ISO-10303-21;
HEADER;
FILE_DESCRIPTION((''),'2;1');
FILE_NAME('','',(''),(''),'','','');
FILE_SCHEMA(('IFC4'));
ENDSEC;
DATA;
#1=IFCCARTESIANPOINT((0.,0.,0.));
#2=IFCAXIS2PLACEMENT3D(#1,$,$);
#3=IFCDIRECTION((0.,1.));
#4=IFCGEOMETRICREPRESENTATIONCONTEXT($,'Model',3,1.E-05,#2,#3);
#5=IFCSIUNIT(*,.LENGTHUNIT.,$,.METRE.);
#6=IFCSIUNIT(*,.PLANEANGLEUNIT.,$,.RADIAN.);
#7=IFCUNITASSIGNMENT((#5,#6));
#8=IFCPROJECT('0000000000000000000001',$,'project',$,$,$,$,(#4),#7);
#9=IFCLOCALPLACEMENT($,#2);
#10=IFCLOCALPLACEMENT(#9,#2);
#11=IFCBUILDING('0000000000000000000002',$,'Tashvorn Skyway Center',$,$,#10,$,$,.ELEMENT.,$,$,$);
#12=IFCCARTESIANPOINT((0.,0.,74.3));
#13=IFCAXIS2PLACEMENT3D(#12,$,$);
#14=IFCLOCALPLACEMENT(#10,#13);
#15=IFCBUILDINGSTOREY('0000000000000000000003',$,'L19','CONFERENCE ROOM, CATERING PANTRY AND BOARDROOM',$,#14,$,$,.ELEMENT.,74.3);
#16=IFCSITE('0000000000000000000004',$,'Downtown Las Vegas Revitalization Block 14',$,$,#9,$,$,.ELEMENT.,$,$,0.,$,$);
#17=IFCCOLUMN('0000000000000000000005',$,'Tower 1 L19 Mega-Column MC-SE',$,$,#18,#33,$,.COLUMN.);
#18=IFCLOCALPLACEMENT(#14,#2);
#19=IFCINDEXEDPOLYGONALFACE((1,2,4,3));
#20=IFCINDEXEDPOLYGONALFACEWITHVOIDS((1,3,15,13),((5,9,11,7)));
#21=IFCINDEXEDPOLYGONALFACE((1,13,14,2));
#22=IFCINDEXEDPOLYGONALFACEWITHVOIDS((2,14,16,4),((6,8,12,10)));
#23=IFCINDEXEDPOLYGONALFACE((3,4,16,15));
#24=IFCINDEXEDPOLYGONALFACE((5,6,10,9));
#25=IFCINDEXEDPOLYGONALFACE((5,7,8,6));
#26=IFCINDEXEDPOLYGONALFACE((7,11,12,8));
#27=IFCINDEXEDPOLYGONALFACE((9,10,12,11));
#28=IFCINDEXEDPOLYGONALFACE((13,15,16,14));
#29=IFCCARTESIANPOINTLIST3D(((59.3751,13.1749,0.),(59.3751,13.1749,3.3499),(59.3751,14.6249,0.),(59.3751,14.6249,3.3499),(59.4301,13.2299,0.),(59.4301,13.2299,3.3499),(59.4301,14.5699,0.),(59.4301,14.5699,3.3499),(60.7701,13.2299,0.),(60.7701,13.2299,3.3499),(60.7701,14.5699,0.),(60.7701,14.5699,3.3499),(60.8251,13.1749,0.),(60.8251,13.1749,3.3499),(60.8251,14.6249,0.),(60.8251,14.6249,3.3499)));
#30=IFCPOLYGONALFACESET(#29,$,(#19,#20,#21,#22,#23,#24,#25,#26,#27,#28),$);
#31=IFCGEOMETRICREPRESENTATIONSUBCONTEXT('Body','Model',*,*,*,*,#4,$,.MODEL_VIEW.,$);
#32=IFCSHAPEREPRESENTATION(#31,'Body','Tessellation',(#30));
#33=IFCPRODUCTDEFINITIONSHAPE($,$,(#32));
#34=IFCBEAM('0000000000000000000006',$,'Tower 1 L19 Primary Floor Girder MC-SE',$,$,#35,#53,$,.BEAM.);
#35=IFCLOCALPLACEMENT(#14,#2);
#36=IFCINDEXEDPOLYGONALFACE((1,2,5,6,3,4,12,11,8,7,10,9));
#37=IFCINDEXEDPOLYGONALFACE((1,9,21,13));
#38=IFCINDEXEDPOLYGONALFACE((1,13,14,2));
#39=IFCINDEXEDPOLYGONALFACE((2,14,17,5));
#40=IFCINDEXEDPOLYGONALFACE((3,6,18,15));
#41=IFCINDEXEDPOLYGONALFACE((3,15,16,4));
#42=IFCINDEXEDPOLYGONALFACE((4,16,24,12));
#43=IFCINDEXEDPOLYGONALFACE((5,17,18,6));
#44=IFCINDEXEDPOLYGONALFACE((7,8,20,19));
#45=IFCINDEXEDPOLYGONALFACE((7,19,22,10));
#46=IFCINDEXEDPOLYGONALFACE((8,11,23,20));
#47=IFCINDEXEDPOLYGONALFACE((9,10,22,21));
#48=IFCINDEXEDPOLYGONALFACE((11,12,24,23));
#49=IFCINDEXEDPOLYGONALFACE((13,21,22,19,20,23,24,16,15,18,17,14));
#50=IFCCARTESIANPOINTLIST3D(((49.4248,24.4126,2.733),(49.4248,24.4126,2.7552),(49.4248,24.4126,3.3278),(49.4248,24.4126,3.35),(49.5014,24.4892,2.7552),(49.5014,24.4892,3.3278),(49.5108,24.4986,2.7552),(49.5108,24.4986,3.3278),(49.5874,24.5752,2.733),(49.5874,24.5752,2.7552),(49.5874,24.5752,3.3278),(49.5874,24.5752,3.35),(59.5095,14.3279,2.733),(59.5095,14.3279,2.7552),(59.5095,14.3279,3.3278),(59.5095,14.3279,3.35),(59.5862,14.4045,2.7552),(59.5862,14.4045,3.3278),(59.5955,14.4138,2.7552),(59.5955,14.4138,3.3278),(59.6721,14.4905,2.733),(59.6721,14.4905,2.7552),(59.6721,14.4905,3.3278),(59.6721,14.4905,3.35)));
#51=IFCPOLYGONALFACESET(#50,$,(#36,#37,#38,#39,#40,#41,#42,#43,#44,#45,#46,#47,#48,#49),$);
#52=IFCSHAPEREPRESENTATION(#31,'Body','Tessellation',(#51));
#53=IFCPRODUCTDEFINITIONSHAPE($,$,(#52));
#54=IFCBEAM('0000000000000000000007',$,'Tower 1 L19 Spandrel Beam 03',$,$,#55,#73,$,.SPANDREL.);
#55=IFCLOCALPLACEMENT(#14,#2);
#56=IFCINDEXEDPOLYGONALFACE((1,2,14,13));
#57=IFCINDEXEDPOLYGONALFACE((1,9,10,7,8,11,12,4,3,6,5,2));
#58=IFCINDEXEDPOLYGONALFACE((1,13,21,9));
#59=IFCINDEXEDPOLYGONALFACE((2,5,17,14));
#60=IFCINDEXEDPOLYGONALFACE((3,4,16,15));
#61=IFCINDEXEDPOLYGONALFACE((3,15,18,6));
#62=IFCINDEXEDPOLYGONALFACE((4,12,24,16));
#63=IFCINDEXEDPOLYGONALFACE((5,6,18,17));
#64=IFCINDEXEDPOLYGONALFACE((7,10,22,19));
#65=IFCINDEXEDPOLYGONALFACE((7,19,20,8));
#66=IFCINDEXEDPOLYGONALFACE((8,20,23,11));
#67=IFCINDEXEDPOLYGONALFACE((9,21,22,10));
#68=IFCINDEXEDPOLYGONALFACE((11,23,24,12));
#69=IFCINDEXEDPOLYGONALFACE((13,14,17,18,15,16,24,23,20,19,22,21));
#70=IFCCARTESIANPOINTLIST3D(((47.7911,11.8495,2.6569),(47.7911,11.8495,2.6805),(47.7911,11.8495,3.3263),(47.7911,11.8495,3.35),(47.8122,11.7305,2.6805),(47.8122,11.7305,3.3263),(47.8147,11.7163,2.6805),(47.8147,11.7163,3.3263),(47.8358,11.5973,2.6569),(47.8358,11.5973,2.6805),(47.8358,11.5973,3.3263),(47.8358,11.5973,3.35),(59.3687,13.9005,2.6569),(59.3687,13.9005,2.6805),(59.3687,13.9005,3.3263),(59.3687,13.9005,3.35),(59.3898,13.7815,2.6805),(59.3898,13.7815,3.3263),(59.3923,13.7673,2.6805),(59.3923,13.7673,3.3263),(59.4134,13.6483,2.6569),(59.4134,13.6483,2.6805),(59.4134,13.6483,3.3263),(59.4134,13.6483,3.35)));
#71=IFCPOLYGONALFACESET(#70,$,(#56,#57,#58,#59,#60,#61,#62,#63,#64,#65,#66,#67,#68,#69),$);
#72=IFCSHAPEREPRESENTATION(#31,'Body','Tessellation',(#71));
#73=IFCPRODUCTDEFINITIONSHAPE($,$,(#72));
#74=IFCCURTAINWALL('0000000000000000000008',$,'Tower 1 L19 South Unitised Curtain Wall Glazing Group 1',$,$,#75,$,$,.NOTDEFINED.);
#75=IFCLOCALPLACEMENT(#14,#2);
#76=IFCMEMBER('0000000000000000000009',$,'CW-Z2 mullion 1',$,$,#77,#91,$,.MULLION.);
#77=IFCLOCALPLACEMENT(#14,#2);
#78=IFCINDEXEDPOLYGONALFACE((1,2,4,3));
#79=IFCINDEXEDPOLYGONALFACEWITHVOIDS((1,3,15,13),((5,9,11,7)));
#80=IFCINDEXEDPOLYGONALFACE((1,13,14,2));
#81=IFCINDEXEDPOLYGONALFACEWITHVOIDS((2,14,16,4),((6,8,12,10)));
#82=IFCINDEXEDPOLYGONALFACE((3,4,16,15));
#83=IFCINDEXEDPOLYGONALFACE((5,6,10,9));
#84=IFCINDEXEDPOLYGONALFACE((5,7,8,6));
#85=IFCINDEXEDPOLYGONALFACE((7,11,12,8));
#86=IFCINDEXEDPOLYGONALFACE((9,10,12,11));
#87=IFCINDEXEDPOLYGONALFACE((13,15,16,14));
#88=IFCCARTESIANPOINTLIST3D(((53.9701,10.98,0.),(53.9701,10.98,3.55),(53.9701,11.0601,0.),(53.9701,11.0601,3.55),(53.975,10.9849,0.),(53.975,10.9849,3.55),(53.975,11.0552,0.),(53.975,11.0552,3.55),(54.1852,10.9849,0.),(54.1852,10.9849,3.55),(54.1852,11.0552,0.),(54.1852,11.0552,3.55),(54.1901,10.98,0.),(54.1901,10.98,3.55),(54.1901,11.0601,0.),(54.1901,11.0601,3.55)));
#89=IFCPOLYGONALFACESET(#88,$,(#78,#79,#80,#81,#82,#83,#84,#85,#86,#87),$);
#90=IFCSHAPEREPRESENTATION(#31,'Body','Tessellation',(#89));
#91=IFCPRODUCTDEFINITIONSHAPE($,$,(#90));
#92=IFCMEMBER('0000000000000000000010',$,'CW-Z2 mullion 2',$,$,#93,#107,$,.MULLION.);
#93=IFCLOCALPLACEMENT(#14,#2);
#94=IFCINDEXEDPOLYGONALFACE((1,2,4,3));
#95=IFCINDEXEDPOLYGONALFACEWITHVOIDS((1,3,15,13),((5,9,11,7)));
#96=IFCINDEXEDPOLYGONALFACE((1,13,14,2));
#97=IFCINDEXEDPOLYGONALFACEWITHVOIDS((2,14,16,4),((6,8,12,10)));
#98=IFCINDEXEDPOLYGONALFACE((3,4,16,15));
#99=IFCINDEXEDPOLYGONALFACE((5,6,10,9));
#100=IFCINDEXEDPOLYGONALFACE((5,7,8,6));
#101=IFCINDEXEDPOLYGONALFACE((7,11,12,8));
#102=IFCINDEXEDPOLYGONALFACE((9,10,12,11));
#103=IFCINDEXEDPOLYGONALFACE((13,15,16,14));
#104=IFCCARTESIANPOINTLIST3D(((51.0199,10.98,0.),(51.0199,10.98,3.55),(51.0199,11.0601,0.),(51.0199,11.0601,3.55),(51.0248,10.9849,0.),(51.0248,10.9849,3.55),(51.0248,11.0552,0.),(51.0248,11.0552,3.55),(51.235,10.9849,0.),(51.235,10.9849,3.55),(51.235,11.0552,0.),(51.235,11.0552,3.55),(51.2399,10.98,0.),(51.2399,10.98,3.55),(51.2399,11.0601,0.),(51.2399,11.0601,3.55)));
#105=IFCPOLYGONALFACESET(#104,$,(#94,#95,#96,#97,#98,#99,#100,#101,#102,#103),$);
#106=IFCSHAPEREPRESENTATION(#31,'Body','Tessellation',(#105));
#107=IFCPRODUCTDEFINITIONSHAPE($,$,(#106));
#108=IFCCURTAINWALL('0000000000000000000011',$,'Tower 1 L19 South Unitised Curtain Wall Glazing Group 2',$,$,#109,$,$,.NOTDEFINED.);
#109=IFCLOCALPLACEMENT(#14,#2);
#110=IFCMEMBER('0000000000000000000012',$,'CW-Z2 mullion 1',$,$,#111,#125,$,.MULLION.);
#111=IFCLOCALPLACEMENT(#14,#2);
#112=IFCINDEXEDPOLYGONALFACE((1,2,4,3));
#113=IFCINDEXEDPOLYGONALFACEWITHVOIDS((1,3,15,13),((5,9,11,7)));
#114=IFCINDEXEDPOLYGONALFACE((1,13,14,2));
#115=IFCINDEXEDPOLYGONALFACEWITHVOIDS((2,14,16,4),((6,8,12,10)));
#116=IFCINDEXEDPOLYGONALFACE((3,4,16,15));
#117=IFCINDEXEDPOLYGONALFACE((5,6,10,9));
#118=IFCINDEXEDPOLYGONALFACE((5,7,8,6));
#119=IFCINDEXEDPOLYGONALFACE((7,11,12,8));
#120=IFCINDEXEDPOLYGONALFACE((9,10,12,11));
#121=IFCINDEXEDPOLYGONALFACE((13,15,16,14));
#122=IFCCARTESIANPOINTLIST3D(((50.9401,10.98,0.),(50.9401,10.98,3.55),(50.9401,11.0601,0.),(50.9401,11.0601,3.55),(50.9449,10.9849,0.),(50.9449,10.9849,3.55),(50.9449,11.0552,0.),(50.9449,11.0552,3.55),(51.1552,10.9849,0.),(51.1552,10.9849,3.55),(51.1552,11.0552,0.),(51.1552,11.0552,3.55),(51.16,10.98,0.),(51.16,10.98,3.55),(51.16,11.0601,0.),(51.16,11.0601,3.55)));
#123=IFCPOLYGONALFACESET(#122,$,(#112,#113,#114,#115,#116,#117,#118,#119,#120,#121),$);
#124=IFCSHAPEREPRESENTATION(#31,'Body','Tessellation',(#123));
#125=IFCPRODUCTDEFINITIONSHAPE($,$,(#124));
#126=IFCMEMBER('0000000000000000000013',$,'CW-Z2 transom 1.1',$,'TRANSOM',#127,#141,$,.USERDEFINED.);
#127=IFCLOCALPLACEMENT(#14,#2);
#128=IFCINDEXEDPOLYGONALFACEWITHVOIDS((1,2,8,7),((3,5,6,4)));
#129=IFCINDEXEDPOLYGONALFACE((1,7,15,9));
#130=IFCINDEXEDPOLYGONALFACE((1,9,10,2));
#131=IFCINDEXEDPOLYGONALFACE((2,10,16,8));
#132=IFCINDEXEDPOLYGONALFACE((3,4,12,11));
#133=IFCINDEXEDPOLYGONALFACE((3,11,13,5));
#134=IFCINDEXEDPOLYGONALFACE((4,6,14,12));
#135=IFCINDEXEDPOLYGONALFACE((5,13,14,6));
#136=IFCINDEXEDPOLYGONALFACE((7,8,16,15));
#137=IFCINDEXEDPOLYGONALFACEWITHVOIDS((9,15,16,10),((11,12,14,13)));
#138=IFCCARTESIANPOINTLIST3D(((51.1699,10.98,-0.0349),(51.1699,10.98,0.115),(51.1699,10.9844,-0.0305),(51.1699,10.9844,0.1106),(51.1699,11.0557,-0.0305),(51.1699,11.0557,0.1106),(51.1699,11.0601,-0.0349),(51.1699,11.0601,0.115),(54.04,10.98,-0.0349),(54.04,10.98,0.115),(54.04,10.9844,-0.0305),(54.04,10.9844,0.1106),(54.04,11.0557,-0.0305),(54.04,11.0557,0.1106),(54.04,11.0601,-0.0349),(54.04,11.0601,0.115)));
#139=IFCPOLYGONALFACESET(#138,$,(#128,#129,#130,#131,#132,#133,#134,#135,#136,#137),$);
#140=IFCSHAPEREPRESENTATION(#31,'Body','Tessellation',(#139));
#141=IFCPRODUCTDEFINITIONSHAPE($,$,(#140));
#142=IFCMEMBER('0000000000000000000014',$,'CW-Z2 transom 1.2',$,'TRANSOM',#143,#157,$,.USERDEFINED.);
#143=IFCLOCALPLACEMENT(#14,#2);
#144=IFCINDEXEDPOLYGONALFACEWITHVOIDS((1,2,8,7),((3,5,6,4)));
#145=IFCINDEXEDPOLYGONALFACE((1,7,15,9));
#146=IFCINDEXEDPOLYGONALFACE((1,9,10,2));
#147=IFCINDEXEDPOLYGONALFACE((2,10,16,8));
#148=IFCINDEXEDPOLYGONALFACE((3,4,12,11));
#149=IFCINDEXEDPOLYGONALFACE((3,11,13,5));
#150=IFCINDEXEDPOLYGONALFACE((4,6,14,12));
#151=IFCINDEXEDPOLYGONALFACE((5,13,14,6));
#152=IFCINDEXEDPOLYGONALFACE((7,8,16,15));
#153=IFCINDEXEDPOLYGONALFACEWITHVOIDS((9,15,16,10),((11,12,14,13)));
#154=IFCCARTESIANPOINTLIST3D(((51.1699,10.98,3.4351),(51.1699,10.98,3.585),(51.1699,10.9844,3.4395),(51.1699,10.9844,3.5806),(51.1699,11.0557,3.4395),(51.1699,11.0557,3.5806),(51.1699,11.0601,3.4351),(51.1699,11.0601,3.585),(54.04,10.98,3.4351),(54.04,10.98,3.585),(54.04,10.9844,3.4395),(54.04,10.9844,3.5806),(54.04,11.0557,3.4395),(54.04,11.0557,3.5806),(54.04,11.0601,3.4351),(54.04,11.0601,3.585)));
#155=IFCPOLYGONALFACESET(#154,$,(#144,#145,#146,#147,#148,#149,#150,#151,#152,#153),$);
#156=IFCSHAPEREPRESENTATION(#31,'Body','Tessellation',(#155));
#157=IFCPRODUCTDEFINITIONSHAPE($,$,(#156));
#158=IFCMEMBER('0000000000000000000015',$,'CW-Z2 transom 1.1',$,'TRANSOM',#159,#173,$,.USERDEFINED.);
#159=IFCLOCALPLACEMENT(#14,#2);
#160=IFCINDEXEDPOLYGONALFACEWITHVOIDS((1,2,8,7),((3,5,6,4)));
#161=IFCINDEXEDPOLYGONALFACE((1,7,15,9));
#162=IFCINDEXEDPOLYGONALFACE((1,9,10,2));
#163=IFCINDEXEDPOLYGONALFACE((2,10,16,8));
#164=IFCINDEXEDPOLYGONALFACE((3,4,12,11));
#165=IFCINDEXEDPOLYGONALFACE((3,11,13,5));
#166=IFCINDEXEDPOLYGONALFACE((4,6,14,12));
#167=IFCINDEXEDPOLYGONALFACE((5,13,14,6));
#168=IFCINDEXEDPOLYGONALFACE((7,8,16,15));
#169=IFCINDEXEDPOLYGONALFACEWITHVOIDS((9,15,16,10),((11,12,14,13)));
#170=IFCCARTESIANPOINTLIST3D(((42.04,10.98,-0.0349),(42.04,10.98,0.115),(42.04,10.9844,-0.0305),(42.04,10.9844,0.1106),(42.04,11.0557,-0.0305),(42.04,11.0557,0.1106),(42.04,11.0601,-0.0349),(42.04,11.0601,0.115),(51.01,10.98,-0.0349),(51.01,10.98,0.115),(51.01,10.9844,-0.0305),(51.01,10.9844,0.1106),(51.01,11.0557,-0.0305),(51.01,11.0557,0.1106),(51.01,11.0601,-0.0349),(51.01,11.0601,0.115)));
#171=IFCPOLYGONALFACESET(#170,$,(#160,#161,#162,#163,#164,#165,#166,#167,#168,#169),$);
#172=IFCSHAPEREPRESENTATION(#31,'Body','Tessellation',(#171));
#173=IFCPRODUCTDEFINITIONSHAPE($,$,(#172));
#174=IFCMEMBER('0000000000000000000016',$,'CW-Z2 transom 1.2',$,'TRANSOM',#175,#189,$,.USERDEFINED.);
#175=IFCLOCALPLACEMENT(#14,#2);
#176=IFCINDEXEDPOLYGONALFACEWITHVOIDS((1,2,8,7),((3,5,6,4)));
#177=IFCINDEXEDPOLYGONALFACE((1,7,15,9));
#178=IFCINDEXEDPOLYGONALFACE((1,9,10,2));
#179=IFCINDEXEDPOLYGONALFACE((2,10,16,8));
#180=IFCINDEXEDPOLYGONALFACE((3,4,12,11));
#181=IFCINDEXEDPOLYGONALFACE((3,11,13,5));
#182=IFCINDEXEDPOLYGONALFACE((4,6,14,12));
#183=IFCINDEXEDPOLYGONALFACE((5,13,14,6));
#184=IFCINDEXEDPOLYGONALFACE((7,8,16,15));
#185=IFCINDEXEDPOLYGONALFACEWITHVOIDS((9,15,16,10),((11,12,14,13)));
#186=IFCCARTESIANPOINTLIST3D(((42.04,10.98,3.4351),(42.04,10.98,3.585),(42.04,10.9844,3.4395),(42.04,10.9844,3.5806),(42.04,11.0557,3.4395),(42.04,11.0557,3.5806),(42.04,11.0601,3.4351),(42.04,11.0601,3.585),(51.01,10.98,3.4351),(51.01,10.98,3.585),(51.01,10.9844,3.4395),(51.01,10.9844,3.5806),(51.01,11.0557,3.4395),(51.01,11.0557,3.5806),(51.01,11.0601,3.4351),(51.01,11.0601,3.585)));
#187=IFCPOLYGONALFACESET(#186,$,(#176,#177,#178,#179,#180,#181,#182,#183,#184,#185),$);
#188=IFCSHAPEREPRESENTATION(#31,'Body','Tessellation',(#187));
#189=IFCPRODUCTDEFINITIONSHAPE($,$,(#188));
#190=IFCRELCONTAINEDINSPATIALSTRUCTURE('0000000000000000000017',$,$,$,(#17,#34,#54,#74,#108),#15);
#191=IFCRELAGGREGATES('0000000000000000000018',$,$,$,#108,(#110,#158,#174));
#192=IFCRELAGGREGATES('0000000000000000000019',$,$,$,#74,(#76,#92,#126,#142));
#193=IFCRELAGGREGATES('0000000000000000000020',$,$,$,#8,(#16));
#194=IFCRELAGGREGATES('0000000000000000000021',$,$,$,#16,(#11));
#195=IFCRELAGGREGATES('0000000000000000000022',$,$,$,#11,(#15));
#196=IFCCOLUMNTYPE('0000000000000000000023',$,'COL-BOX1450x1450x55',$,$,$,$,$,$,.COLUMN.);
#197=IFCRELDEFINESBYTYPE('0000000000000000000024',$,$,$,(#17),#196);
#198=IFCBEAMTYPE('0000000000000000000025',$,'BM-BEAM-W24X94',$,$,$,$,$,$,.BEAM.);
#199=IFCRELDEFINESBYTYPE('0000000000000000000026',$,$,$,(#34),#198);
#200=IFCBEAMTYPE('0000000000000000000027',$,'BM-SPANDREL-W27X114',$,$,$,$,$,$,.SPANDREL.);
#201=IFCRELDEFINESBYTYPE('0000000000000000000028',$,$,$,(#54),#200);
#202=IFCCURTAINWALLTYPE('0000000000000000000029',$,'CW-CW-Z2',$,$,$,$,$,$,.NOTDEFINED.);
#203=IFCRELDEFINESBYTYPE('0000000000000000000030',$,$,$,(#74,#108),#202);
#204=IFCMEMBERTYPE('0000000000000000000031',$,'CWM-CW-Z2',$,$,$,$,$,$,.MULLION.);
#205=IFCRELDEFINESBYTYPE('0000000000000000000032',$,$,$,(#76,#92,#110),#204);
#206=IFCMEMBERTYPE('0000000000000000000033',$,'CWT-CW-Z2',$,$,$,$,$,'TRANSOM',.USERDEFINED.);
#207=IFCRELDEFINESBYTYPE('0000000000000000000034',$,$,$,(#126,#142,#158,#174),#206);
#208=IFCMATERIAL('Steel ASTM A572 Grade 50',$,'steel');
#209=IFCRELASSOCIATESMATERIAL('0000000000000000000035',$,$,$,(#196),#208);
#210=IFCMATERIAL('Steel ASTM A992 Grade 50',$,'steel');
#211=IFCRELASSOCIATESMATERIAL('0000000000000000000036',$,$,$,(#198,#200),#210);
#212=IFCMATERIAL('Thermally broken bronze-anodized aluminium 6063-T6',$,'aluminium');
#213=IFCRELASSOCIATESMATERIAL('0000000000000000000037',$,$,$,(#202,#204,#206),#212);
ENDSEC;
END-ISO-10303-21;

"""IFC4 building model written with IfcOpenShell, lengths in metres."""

from ifc_helpers import new_model, si_unit, direction, frame, origin, origin_2d, place, context, subcontext, project, spatial, hollow_rectangle, i_section, extrude, material, material_profile, profile_set, type_object, element, aggregate, save


model = new_model("IFC4")

# Units and contexts
model_context = context("Model", 3, precision=1e-05, world=origin(), true_north=direction((0.0, 1.0)))
body_context = subcontext(model_context, "Body", "Model", "MODEL_VIEW")
ifc_project = project(units=[si_unit("LENGTHUNIT", "METRE"), si_unit("PLANEANGLEUNIT", "RADIAN")], contexts=[model_context])

# Site, building, storey
site_placement = place(None, origin())
site = spatial("IfcSite", under=ifc_project, at=site_placement, Name="Downtown Las Vegas Revitalization Block 14", CompositionType="ELEMENT", RefElevation=0.0)
building_placement = place(site_placement, origin())
building = spatial("IfcBuilding", under=site, at=building_placement, Name="Tashvorn Skyway Center", CompositionType="ELEMENT")
storey_placement = place(building_placement, frame((0.0, 0.0, 74.3)))
storey = spatial("IfcBuildingStorey", under=building, at=storey_placement, Name="L19", Description="CONFERENCE ROOM, CATERING PANTRY AND BOARDROOM", CompositionType="ELEMENT", Elevation=74.3)

# Column
ifc_material_1 = material(Name="Steel ASTM A572 Grade 50", Category="steel")
ifc_material_profile_1 = material_profile(ifc_material_1, hollow_rectangle(XDim=1.45, YDim=1.45, WallThickness=0.0549, at=origin_2d()), Name="BOX1450x1450x55")
ifc_profile_set_1 = profile_set([ifc_material_profile_1], Name="Steel ASTM A572 Grade 50")
column_type = type_object("IfcColumnType", Name="COL-BOX1450x1450x55", PredefinedType="COLUMN", material=ifc_profile_set_1)
column_placement = place(storey_placement, frame((60.1001, 13.8999, 0.0), z_axis=(0.0, 0.0, 1.0), x_axis=(1.0, 0.0, 0.0)))
element("IfcColumn", 1, at=column_placement, inside=storey, type_object=column_type, Name="Tower 1 L19 Mega-Column MC-SE", PredefinedType="COLUMN", context=body_context, shape_type="SweptSolid", body=[
    extrude(hollow_rectangle(XDim=1.45, YDim=1.45, WallThickness=0.0549, at=origin_2d()), origin(), (0.0, 0.0, 1.0), 3.3499),
])

# Beams
ifc_material_2 = material(Name="Steel ASTM A992 Grade 50", Category="steel")
ifc_material_profile_2 = material_profile(ifc_material_2, i_section(OverallWidth=0.23, OverallDepth=0.6169, WebThickness=0.0132, FlangeThickness=0.0222, at=origin_2d()), Name="W24X94")
ifc_profile_set_2 = profile_set([ifc_material_profile_2], Name="Steel ASTM A992 Grade 50")
beam_type_1 = type_object("IfcBeamType", Name="BM-BEAM-W24X94", PredefinedType="BEAM", material=ifc_profile_set_2)
beam_1_placement = place(storey_placement, frame((59.5908, 14.4092, 3.0415), z_axis=(-0.707107, 0.707107, 0.0), x_axis=(-0.707107, -0.707107, 0.0)))
element("IfcBeam", 2, at=beam_1_placement, inside=storey, type_object=beam_type_1, Name="Tower 1 L19 Primary Floor Girder MC-SE", PredefinedType="BEAM", context=body_context, shape_type="SweptSolid", body=[
    extrude(i_section(OverallWidth=0.23, OverallDepth=0.6169, WebThickness=0.0132, FlangeThickness=0.0222, at=origin_2d()), origin(), (0.0, 0.0, 1.0), 14.262),
])
ifc_material_profile_3 = material_profile(ifc_material_2, i_section(OverallWidth=0.2561, OverallDepth=0.6931, WebThickness=0.0144, FlangeThickness=0.0237, at=origin_2d()), Name="W27X114")
ifc_profile_set_3 = profile_set([ifc_material_profile_3], Name="Steel ASTM A992 Grade 50")
beam_type_2 = type_object("IfcBeamType", Name="BM-SPANDREL-W27X114", PredefinedType="SPANDREL", material=ifc_profile_set_3)
beam_2_placement = place(storey_placement, frame((47.8135, 11.7234, 3.0034), z_axis=(0.984668, 0.174438, 0.0), x_axis=(-0.174438, 0.984668, 0.0)))
element("IfcBeam", 3, at=beam_2_placement, inside=storey, type_object=beam_type_2, Name="Tower 1 L19 Spandrel Beam 03", PredefinedType="SPANDREL", context=body_context, shape_type="SweptSolid", body=[
    extrude(i_section(OverallWidth=0.2561, OverallDepth=0.6931, WebThickness=0.0144, FlangeThickness=0.0237, at=origin_2d()), origin(), (0.0, 0.0, 1.0), 11.7578),
])

# Curtain wall, members
ifc_material_3 = material(Name="Thermally broken bronze-anodized aluminium 6063-T6", Category="aluminium")
curtain_wall_type = type_object("IfcCurtainWallType", Name="CW-CW-Z2", PredefinedType="NOTDEFINED", material=ifc_material_3)
curtain_wall_1_placement = place(storey_placement, origin())
curtain_wall_1 = element("IfcCurtainWall", 4, at=curtain_wall_1_placement, inside=storey, type_object=curtain_wall_type, Name="Tower 1 L19 South Unitised Curtain Wall Glazing Group 1", PredefinedType="NOTDEFINED")
ifc_material_profile_4 = material_profile(ifc_material_3, hollow_rectangle(XDim=0.0801, YDim=0.22, WallThickness=0.0049, at=origin_2d()), Name="ALU-MULL-80x220")
ifc_profile_set_4 = profile_set([ifc_material_profile_4], Name="Thermally broken bronze-anodized aluminium 6063-T6")
member_type_1 = type_object("IfcMemberType", Name="CWM-CW-Z2", PredefinedType="MULLION", material=ifc_profile_set_4)
member_1_placement = place(storey_placement, frame((54.0801, 11.02, 0.0), z_axis=(0.0, 0.0, 1.0), x_axis=(0.0, -1.0, 0.0)))
member_1 = element("IfcMember", 5, at=member_1_placement, type_object=member_type_1, Name="CW-Z2 mullion 1", PredefinedType="MULLION", context=body_context, shape_type="SweptSolid", body=[
    extrude(hollow_rectangle(XDim=0.0801, YDim=0.22, WallThickness=0.0049, at=origin_2d()), origin(), (0.0, 0.0, 1.0), 3.55),
])
member_2_placement = place(storey_placement, frame((51.1299, 11.02, 0.0), z_axis=(0.0, 0.0, 1.0), x_axis=(0.0, -1.0, 0.0)))
member_2 = element("IfcMember", 6, at=member_2_placement, type_object=member_type_1, Name="CW-Z2 mullion 2", PredefinedType="MULLION", context=body_context, shape_type="SweptSolid", body=[
    extrude(hollow_rectangle(XDim=0.0801, YDim=0.22, WallThickness=0.0049, at=origin_2d()), origin(), (0.0, 0.0, 1.0), 3.55),
])

# Curtain wall, member
curtain_wall_2_placement = place(storey_placement, origin())
curtain_wall_2 = element("IfcCurtainWall", 7, at=curtain_wall_2_placement, inside=storey, type_object=curtain_wall_type, Name="Tower 1 L19 South Unitised Curtain Wall Glazing Group 2", PredefinedType="NOTDEFINED")
member_3_placement = place(storey_placement, frame((51.05, 11.02, 0.0), z_axis=(0.0, 0.0, 1.0), x_axis=(0.0, -1.0, 0.0)))
member_3 = element("IfcMember", 8, at=member_3_placement, type_object=member_type_1, Name="CW-Z2 mullion 1", PredefinedType="MULLION", context=body_context, shape_type="SweptSolid", body=[
    extrude(hollow_rectangle(XDim=0.0801, YDim=0.22, WallThickness=0.0049, at=origin_2d()), origin(), (0.0, 0.0, 1.0), 3.55),
])

# Members
ifc_material_profile_5 = material_profile(ifc_material_3, hollow_rectangle(XDim=0.0801, YDim=0.1499, WallThickness=0.0044, at=origin_2d()), Name="ALU-TRAN-80x150")
ifc_profile_set_5 = profile_set([ifc_material_profile_5], Name="Thermally broken bronze-anodized aluminium 6063-T6")
member_type_2 = type_object("IfcMemberType", Name="CWT-CW-Z2", ElementType="TRANSOM", PredefinedType="USERDEFINED", material=ifc_profile_set_5)
member_4_placement = place(storey_placement, frame((54.04, 11.02, 0.04), z_axis=(-1.0, 0.0, 0.0), x_axis=(0.0, -1.0, 0.0)))
member_4 = element("IfcMember", 9, at=member_4_placement, type_object=member_type_2, Name="CW-Z2 transom 1.1", ObjectType="TRANSOM", PredefinedType="USERDEFINED", context=body_context, shape_type="SweptSolid", body=[
    extrude(hollow_rectangle(XDim=0.0801, YDim=0.1499, WallThickness=0.0044, at=origin_2d()), origin(), (0.0, 0.0, 1.0), 2.8701),
])
member_5_placement = place(storey_placement, frame((54.04, 11.02, 3.51), z_axis=(-1.0, 0.0, 0.0), x_axis=(0.0, -1.0, 0.0)))
member_5 = element("IfcMember", 10, at=member_5_placement, type_object=member_type_2, Name="CW-Z2 transom 1.2", ObjectType="TRANSOM", PredefinedType="USERDEFINED", context=body_context, shape_type="SweptSolid", body=[
    extrude(hollow_rectangle(XDim=0.0801, YDim=0.1499, WallThickness=0.0044, at=origin_2d()), origin(), (0.0, 0.0, 1.0), 2.8701),
])
member_6_placement = place(storey_placement, frame((51.01, 11.02, 0.04), z_axis=(-1.0, 0.0, 0.0), x_axis=(0.0, -1.0, 0.0)))
member_6 = element("IfcMember", 11, at=member_6_placement, type_object=member_type_2, Name="CW-Z2 transom 1.1", ObjectType="TRANSOM", PredefinedType="USERDEFINED", context=body_context, shape_type="SweptSolid", body=[
    extrude(hollow_rectangle(XDim=0.0801, YDim=0.1499, WallThickness=0.0044, at=origin_2d()), origin(), (0.0, 0.0, 1.0), 8.97),
])
member_7_placement = place(storey_placement, frame((51.01, 11.02, 3.51), z_axis=(-1.0, 0.0, 0.0), x_axis=(0.0, -1.0, 0.0)))
member_7 = element("IfcMember", 12, at=member_7_placement, type_object=member_type_2, Name="CW-Z2 transom 1.2", ObjectType="TRANSOM", PredefinedType="USERDEFINED", context=body_context, shape_type="SweptSolid", body=[
    extrude(hollow_rectangle(XDim=0.0801, YDim=0.1499, WallThickness=0.0044, at=origin_2d()), origin(), (0.0, 0.0, 1.0), 8.97),
])
aggregate(curtain_wall_2, [member_3, member_6, member_7])

aggregate(curtain_wall_1, [member_1, member_2, member_4, member_5])

save(model, "model.ifc")
